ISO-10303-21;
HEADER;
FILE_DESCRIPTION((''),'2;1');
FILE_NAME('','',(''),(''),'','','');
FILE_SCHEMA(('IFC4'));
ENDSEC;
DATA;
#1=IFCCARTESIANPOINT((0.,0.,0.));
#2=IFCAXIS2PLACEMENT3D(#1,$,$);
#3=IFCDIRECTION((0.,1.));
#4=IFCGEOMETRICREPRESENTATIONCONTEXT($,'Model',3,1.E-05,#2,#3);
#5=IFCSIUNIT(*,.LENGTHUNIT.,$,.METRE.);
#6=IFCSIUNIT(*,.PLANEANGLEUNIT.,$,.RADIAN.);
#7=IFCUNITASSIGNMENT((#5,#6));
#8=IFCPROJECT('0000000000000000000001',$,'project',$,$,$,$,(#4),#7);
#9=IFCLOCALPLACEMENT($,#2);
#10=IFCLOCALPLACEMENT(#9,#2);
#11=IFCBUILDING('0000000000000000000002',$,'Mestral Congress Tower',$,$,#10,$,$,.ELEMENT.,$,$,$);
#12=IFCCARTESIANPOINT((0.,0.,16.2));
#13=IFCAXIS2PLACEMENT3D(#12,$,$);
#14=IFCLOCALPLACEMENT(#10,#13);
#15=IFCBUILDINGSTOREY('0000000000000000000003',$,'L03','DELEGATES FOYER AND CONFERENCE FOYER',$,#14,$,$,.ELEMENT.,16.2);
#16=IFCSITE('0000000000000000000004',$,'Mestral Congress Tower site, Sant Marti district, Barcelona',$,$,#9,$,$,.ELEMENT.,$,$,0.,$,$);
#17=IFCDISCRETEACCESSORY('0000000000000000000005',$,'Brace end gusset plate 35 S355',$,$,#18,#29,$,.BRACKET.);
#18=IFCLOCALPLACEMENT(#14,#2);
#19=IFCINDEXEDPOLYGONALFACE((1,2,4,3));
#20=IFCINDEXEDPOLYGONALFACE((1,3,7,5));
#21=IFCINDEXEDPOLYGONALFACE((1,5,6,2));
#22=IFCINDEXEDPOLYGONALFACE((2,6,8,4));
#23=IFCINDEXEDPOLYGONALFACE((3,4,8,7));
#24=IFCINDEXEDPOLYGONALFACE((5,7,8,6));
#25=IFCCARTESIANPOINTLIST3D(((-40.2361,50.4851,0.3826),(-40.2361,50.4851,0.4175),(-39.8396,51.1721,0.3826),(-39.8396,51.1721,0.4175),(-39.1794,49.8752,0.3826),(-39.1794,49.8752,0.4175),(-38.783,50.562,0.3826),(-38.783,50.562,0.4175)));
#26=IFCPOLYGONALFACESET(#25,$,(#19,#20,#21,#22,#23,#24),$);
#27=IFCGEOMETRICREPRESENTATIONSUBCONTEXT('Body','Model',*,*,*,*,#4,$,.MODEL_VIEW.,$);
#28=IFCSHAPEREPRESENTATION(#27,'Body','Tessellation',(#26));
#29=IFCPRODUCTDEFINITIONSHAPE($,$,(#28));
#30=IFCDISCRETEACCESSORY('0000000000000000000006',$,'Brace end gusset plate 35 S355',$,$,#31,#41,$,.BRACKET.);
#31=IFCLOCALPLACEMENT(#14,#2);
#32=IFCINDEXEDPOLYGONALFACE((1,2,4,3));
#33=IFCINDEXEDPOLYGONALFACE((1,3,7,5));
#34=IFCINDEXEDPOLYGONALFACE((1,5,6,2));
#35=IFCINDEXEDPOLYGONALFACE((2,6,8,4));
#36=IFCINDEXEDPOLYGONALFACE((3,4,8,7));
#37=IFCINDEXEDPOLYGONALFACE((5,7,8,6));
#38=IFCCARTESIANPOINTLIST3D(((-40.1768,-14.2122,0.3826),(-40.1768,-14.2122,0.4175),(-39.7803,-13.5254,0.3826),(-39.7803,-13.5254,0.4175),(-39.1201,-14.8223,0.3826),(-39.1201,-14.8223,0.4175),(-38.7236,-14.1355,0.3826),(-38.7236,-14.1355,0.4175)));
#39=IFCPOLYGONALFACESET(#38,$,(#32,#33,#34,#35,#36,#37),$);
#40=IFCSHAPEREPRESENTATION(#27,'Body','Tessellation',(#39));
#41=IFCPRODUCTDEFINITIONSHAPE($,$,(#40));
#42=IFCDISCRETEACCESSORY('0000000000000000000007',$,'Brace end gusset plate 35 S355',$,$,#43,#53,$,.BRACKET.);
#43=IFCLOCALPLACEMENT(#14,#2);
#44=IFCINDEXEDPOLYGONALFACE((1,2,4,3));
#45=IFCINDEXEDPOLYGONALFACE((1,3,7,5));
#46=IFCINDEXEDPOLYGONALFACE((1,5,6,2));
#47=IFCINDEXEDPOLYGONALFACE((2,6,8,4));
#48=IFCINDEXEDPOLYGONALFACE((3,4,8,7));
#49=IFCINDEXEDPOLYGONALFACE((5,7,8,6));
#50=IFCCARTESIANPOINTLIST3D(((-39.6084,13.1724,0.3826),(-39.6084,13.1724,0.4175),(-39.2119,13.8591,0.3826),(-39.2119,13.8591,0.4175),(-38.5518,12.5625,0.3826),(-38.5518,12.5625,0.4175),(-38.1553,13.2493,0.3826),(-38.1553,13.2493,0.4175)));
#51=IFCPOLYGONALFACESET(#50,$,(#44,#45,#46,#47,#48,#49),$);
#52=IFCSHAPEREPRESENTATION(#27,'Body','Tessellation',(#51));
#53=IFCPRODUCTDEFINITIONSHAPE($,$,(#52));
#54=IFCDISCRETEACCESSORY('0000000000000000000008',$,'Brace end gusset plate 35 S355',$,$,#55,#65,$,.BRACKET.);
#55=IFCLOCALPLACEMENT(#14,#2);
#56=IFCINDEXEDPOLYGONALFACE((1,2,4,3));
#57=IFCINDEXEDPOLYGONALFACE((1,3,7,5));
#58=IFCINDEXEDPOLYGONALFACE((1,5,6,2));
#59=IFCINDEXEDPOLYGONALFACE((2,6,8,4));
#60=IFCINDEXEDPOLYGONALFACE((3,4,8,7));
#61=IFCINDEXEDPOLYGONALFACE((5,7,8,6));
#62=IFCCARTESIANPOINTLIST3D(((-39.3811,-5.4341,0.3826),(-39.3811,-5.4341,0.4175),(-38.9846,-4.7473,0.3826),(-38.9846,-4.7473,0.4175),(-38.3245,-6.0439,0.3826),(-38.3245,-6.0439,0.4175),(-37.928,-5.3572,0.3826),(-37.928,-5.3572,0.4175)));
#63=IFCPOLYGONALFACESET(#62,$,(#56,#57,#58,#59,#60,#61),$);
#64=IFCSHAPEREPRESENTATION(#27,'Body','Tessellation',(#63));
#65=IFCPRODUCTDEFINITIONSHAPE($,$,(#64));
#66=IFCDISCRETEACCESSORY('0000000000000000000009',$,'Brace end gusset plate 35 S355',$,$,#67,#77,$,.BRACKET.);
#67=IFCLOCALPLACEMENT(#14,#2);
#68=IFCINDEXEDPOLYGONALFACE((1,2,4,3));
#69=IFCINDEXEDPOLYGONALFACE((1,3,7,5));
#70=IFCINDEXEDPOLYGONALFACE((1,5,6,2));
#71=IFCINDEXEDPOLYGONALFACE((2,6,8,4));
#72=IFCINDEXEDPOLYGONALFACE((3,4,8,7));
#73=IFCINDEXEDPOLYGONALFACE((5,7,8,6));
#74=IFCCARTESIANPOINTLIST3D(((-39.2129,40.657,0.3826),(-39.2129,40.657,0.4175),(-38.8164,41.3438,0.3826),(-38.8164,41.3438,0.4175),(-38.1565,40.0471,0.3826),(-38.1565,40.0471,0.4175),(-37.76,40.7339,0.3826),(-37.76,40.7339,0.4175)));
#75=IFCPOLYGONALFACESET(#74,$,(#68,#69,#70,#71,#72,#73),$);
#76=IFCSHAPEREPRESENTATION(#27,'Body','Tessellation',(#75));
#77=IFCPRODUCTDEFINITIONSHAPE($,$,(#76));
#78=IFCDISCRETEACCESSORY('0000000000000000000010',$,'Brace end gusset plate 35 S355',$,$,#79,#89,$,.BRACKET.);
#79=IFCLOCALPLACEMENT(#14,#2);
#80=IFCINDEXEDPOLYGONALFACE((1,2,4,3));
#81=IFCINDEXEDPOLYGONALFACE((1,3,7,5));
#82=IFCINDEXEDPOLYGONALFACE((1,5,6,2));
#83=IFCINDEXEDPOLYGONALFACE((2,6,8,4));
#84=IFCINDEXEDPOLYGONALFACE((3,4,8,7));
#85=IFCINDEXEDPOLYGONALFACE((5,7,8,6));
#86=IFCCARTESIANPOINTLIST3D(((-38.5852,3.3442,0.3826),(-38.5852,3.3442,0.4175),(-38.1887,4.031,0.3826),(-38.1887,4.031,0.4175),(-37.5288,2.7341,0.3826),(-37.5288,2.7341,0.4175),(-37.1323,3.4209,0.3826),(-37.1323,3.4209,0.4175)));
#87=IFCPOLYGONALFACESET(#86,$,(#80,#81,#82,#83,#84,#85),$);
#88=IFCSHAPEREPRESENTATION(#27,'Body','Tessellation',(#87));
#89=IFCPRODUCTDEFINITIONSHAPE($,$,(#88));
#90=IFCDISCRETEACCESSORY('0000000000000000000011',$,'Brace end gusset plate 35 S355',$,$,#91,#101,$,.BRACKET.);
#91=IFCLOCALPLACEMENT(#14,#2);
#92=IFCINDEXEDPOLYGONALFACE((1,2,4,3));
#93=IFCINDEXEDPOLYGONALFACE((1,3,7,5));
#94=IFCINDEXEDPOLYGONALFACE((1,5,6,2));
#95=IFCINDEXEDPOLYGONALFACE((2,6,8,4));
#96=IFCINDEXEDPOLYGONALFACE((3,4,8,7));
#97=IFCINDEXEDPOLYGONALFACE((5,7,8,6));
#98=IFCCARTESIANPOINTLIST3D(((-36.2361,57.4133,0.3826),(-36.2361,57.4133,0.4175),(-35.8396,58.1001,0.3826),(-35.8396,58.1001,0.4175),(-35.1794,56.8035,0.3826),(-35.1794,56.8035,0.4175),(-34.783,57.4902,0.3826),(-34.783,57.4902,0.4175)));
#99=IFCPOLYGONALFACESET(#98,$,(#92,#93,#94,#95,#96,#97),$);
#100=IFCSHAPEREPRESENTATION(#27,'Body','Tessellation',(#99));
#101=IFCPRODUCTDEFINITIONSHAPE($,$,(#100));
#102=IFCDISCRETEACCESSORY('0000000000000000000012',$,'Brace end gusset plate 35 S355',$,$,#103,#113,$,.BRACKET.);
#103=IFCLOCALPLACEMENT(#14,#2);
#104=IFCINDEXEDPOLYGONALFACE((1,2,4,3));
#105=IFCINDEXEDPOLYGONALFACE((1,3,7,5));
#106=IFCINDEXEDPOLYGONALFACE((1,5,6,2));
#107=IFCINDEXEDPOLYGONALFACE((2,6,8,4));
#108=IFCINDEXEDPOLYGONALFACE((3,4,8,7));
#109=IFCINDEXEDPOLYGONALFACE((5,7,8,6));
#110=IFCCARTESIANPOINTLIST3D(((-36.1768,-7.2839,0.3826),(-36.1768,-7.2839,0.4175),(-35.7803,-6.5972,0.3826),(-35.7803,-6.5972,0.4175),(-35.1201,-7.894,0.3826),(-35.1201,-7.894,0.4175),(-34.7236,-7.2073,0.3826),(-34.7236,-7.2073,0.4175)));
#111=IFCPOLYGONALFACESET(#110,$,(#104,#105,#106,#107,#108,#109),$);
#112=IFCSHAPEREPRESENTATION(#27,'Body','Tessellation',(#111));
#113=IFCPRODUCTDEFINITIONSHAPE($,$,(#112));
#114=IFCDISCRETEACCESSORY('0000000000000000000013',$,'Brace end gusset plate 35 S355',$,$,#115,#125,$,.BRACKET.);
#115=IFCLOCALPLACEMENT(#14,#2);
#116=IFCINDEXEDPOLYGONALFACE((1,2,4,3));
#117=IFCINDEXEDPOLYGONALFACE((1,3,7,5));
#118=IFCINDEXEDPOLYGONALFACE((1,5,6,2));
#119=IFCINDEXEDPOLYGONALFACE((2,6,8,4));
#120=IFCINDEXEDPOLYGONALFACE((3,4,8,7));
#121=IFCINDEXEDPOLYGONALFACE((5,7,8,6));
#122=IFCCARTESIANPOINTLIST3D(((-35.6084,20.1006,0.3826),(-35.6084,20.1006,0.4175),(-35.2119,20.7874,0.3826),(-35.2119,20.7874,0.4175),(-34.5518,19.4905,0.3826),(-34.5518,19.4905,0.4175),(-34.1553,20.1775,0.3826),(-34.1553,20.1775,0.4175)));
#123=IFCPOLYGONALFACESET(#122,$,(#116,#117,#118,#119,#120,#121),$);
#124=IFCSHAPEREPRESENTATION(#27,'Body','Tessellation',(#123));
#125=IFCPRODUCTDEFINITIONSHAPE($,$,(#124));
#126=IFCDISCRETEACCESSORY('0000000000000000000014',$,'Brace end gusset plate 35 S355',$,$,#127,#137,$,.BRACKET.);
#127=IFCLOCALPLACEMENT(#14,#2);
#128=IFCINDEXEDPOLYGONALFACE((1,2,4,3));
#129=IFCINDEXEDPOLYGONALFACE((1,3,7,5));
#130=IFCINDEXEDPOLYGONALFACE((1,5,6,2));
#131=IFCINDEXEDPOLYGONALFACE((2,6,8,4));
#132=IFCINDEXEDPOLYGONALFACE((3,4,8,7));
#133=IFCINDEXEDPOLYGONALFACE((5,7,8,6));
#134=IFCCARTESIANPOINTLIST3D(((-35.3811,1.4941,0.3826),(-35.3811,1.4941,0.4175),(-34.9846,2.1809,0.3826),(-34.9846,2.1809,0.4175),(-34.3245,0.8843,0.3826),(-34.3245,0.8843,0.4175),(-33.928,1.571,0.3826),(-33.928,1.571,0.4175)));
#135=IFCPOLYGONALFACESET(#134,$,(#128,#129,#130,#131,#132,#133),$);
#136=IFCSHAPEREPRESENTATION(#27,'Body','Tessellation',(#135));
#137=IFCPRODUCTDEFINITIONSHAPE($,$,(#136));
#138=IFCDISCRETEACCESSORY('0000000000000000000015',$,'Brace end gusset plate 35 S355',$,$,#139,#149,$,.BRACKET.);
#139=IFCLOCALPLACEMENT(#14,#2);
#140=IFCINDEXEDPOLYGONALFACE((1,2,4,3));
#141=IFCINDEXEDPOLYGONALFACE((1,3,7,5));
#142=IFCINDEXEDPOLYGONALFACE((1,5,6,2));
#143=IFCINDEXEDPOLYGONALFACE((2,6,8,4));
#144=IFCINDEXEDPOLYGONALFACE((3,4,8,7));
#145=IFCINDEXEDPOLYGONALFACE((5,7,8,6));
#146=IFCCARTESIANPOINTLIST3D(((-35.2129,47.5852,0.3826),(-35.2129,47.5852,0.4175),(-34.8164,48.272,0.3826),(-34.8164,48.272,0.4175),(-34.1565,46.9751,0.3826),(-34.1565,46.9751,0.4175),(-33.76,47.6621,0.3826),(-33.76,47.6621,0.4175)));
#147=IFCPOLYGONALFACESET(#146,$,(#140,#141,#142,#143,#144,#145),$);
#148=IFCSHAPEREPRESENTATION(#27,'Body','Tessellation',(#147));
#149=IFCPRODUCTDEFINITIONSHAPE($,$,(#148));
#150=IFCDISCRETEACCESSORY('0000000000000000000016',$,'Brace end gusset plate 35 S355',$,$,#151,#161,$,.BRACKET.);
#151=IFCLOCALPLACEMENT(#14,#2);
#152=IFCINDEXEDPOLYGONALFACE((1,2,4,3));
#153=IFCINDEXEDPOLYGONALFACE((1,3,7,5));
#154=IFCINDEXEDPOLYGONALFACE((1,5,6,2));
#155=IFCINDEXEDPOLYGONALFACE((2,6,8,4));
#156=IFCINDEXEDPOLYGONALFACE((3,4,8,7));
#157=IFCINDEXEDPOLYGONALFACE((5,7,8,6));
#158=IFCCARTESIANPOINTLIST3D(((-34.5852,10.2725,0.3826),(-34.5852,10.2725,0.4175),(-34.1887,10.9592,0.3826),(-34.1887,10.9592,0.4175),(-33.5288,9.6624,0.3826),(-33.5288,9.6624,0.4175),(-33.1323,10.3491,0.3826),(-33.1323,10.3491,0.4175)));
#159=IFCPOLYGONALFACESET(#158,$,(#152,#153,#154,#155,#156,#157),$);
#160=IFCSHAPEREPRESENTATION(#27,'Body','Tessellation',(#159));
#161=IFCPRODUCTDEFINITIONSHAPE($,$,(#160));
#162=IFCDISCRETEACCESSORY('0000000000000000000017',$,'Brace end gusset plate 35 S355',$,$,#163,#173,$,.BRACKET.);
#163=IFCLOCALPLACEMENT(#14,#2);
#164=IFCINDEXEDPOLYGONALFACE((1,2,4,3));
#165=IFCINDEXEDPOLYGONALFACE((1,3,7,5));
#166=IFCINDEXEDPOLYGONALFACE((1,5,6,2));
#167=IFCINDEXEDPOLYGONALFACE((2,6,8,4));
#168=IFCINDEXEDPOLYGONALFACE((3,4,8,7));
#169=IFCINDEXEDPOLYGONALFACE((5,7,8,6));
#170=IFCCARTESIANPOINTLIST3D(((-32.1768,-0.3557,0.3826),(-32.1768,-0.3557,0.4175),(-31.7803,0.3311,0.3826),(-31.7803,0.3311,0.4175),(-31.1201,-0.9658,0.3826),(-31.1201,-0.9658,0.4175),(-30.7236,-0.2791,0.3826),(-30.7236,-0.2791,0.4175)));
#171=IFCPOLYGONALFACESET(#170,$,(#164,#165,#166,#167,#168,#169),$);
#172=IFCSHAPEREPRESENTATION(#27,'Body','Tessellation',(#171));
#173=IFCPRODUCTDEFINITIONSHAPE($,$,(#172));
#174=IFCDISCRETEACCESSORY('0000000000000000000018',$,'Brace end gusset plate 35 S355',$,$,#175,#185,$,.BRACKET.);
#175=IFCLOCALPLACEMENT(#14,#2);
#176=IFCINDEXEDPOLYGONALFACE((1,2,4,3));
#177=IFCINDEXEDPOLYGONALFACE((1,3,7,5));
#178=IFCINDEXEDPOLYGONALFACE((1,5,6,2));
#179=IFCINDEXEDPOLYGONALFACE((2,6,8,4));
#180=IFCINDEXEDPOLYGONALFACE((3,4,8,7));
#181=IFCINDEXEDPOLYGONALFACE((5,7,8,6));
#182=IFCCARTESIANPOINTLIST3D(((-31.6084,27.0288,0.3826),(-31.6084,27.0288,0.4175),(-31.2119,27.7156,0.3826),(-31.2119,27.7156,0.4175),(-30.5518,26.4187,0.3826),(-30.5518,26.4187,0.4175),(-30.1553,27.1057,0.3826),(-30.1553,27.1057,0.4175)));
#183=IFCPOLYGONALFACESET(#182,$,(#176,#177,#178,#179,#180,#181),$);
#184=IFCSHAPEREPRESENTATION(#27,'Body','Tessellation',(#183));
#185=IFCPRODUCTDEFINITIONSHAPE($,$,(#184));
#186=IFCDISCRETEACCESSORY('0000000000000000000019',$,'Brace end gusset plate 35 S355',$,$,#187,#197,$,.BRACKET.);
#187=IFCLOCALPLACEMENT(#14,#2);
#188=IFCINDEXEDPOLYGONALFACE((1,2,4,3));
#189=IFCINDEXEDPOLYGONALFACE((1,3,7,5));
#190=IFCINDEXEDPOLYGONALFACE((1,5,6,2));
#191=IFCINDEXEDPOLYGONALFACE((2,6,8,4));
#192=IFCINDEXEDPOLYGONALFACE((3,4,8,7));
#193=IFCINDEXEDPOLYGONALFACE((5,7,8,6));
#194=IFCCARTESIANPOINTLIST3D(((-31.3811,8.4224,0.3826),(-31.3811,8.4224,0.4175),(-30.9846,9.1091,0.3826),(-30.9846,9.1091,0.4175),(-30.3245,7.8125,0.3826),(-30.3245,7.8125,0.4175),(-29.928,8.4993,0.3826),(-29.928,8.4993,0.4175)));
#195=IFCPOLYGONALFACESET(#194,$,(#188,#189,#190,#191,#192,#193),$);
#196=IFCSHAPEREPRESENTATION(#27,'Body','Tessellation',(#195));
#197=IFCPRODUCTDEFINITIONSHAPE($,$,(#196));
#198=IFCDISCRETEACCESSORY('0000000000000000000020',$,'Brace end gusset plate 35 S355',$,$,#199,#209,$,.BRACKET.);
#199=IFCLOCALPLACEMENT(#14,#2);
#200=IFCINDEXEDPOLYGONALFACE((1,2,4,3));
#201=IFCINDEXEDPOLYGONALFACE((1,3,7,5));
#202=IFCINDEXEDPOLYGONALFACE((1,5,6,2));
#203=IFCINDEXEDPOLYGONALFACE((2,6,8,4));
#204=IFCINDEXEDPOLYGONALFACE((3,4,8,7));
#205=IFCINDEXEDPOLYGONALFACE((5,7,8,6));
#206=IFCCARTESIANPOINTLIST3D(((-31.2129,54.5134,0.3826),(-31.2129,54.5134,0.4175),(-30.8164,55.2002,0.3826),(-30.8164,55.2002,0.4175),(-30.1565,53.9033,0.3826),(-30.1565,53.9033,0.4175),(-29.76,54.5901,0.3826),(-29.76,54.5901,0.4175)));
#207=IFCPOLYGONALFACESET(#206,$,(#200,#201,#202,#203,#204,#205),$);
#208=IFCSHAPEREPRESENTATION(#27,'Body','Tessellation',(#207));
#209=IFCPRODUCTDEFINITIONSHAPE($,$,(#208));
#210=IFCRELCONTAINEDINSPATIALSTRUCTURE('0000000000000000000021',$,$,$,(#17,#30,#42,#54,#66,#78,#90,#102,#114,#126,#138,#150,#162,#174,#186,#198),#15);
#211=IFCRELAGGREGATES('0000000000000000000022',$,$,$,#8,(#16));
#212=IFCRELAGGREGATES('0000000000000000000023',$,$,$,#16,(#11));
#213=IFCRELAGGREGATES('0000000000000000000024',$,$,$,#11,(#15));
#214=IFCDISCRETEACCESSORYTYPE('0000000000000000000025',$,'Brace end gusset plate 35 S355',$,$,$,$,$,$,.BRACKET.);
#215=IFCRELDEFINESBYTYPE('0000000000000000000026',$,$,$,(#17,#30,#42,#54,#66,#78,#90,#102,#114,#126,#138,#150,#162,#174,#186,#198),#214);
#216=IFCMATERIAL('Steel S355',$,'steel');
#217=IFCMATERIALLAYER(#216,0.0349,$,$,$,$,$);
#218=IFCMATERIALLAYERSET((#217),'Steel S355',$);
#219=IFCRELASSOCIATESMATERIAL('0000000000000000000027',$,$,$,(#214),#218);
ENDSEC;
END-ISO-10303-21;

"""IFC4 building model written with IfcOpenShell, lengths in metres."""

from ifc_helpers import new_model, si_unit, direction, frame, origin, place, context, subcontext, project, spatial, polyline, outline, extrude, material, layer, layer_set, type_object, element, save


model = new_model("IFC4")

# Units and contexts
model_context = context("Model", 3, precision=1e-05, world=origin(), true_north=direction((0.0, 1.0)))
body_context = subcontext(model_context, "Body", "Model", "MODEL_VIEW")
ifc_project = project(units=[si_unit("LENGTHUNIT", "METRE"), si_unit("PLANEANGLEUNIT", "RADIAN")], contexts=[model_context])

# Site, building, storey
site_placement = place(None, origin())
site = spatial("IfcSite", under=ifc_project, at=site_placement, Name="Mestral Congress Tower site, Sant Marti district, Barcelona", CompositionType="ELEMENT", RefElevation=0.0)
building_placement = place(site_placement, origin())
building = spatial("IfcBuilding", under=site, at=building_placement, Name="Mestral Congress Tower", CompositionType="ELEMENT")
storey_placement = place(building_placement, frame((0.0, 0.0, 16.2)))
storey = spatial("IfcBuildingStorey", under=building, at=storey_placement, Name="L03", Description="DELEGATES FOYER AND CONFERENCE FOYER", CompositionType="ELEMENT", Elevation=16.2)

# Discrete accessories
ifc_material = material(Name="Steel S355", Category="steel")
ifc_layer = layer(ifc_material, 0.0349)
ifc_layer_set = layer_set([ifc_layer], Name="Steel S355")
discrete_accessory_type = type_object("IfcDiscreteAccessoryType", Name="Brace end gusset plate 35 S355", PredefinedType="BRACKET", material=ifc_layer_set)
placement = place(storey_placement, frame((0.0, 0.0, 0.3826)))
element("IfcDiscreteAccessory", 1, at=placement, inside=storey, type_object=discrete_accessory_type, Name="Brace end gusset plate 35 S355", PredefinedType="BRACKET", context=body_context, shape_type="SweptSolid", body=[
    extrude(outline(polyline([(-40.2361, 50.4851), (-39.1794, 49.8752), (-38.783, 50.562), (-39.8396, 51.1721), (-40.2361, 50.4851)])), origin(), (0.0, 0.0, 1.0), 0.0349),
])
element("IfcDiscreteAccessory", 2, at=placement, inside=storey, type_object=discrete_accessory_type, Name="Brace end gusset plate 35 S355", PredefinedType="BRACKET", context=body_context, shape_type="SweptSolid", body=[
    extrude(outline(polyline([(-38.7236, -14.1355), (-39.7803, -13.5254), (-40.1768, -14.2122), (-39.1201, -14.8223), (-38.7236, -14.1355)])), origin(), (0.0, 0.0, 1.0), 0.0349),
])
element("IfcDiscreteAccessory", 3, at=placement, inside=storey, type_object=discrete_accessory_type, Name="Brace end gusset plate 35 S355", PredefinedType="BRACKET", context=body_context, shape_type="SweptSolid", body=[
    extrude(outline(polyline([(-39.6084, 13.1724), (-38.5518, 12.5625), (-38.1553, 13.2493), (-39.2119, 13.8591), (-39.6084, 13.1724)])), origin(), (0.0, 0.0, 1.0), 0.0349),
])
element("IfcDiscreteAccessory", 4, at=placement, inside=storey, type_object=discrete_accessory_type, Name="Brace end gusset plate 35 S355", PredefinedType="BRACKET", context=body_context, shape_type="SweptSolid", body=[
    extrude(outline(polyline([(-39.3811, -5.4341), (-38.3245, -6.0439), (-37.928, -5.3572), (-38.9846, -4.7473), (-39.3811, -5.4341)])), origin(), (0.0, 0.0, 1.0), 0.0349),
])
element("IfcDiscreteAccessory", 5, at=placement, inside=storey, type_object=discrete_accessory_type, Name="Brace end gusset plate 35 S355", PredefinedType="BRACKET", context=body_context, shape_type="SweptSolid", body=[
    extrude(outline(polyline([(-37.76, 40.7339), (-38.8164, 41.3438), (-39.2129, 40.657), (-38.1565, 40.0471), (-37.76, 40.7339)])), origin(), (0.0, 0.0, 1.0), 0.0349),
])
element("IfcDiscreteAccessory", 6, at=placement, inside=storey, type_object=discrete_accessory_type, Name="Brace end gusset plate 35 S355", PredefinedType="BRACKET", context=body_context, shape_type="SweptSolid", body=[
    extrude(outline(polyline([(-38.5852, 3.3442), (-37.5288, 2.7341), (-37.1323, 3.4209), (-38.1887, 4.031), (-38.5852, 3.3442)])), origin(), (0.0, 0.0, 1.0), 0.0349),
])
element("IfcDiscreteAccessory", 7, at=placement, inside=storey, type_object=discrete_accessory_type, Name="Brace end gusset plate 35 S355", PredefinedType="BRACKET", context=body_context, shape_type="SweptSolid", body=[
    extrude(outline(polyline([(-36.2361, 57.4133), (-35.1794, 56.8035), (-34.783, 57.4902), (-35.8396, 58.1001), (-36.2361, 57.4133)])), origin(), (0.0, 0.0, 1.0), 0.0349),
])
element("IfcDiscreteAccessory", 8, at=placement, inside=storey, type_object=discrete_accessory_type, Name="Brace end gusset plate 35 S355", PredefinedType="BRACKET", context=body_context, shape_type="SweptSolid", body=[
    extrude(outline(polyline([(-34.7236, -7.2073), (-35.7803, -6.5972), (-36.1768, -7.2839), (-35.1201, -7.894), (-34.7236, -7.2073)])), origin(), (0.0, 0.0, 1.0), 0.0349),
])
element("IfcDiscreteAccessory", 9, at=placement, inside=storey, type_object=discrete_accessory_type, Name="Brace end gusset plate 35 S355", PredefinedType="BRACKET", context=body_context, shape_type="SweptSolid", body=[
    extrude(outline(polyline([(-35.6084, 20.1006), (-34.5518, 19.4905), (-34.1553, 20.1775), (-35.2119, 20.7874), (-35.6084, 20.1006)])), origin(), (0.0, 0.0, 1.0), 0.0349),
])
element("IfcDiscreteAccessory", 10, at=placement, inside=storey, type_object=discrete_accessory_type, Name="Brace end gusset plate 35 S355", PredefinedType="BRACKET", context=body_context, shape_type="SweptSolid", body=[
    extrude(outline(polyline([(-35.3811, 1.4941), (-34.3245, 0.8843), (-33.928, 1.571), (-34.9846, 2.1809), (-35.3811, 1.4941)])), origin(), (0.0, 0.0, 1.0), 0.0349),
])
element("IfcDiscreteAccessory", 11, at=placement, inside=storey, type_object=discrete_accessory_type, Name="Brace end gusset plate 35 S355", PredefinedType="BRACKET", context=body_context, shape_type="SweptSolid", body=[
    extrude(outline(polyline([(-33.76, 47.6621), (-34.8164, 48.272), (-35.2129, 47.5852), (-34.1565, 46.9751), (-33.76, 47.6621)])), origin(), (0.0, 0.0, 1.0), 0.0349),
])
element("IfcDiscreteAccessory", 12, at=placement, inside=storey, type_object=discrete_accessory_type, Name="Brace end gusset plate 35 S355", PredefinedType="BRACKET", context=body_context, shape_type="SweptSolid", body=[
    extrude(outline(polyline([(-34.5852, 10.2725), (-33.5288, 9.6624), (-33.1323, 10.3491), (-34.1887, 10.9592), (-34.5852, 10.2725)])), origin(), (0.0, 0.0, 1.0), 0.0349),
])
element("IfcDiscreteAccessory", 13, at=placement, inside=storey, type_object=discrete_accessory_type, Name="Brace end gusset plate 35 S355", PredefinedType="BRACKET", context=body_context, shape_type="SweptSolid", body=[
    extrude(outline(polyline([(-30.7236, -0.2791), (-31.7803, 0.3311), (-32.1768, -0.3557), (-31.1201, -0.9658), (-30.7236, -0.2791)])), origin(), (0.0, 0.0, 1.0), 0.0349),
])
element("IfcDiscreteAccessory", 14, at=placement, inside=storey, type_object=discrete_accessory_type, Name="Brace end gusset plate 35 S355", PredefinedType="BRACKET", context=body_context, shape_type="SweptSolid", body=[
    extrude(outline(polyline([(-31.6084, 27.0288), (-30.5518, 26.4187), (-30.1553, 27.1057), (-31.2119, 27.7156), (-31.6084, 27.0288)])), origin(), (0.0, 0.0, 1.0), 0.0349),
])
element("IfcDiscreteAccessory", 15, at=placement, inside=storey, type_object=discrete_accessory_type, Name="Brace end gusset plate 35 S355", PredefinedType="BRACKET", context=body_context, shape_type="SweptSolid", body=[
    extrude(outline(polyline([(-31.3811, 8.4224), (-30.3245, 7.8125), (-29.928, 8.4993), (-30.9846, 9.1091), (-31.3811, 8.4224)])), origin(), (0.0, 0.0, 1.0), 0.0349),
])
element("IfcDiscreteAccessory", 16, at=placement, inside=storey, type_object=discrete_accessory_type, Name="Brace end gusset plate 35 S355", PredefinedType="BRACKET", context=body_context, shape_type="SweptSolid", body=[
    extrude(outline(polyline([(-29.76, 54.5901), (-30.8164, 55.2002), (-31.2129, 54.5134), (-30.1565, 53.9033), (-29.76, 54.5901)])), origin(), (0.0, 0.0, 1.0), 0.0349),
])

save(model, "model.ifc")
